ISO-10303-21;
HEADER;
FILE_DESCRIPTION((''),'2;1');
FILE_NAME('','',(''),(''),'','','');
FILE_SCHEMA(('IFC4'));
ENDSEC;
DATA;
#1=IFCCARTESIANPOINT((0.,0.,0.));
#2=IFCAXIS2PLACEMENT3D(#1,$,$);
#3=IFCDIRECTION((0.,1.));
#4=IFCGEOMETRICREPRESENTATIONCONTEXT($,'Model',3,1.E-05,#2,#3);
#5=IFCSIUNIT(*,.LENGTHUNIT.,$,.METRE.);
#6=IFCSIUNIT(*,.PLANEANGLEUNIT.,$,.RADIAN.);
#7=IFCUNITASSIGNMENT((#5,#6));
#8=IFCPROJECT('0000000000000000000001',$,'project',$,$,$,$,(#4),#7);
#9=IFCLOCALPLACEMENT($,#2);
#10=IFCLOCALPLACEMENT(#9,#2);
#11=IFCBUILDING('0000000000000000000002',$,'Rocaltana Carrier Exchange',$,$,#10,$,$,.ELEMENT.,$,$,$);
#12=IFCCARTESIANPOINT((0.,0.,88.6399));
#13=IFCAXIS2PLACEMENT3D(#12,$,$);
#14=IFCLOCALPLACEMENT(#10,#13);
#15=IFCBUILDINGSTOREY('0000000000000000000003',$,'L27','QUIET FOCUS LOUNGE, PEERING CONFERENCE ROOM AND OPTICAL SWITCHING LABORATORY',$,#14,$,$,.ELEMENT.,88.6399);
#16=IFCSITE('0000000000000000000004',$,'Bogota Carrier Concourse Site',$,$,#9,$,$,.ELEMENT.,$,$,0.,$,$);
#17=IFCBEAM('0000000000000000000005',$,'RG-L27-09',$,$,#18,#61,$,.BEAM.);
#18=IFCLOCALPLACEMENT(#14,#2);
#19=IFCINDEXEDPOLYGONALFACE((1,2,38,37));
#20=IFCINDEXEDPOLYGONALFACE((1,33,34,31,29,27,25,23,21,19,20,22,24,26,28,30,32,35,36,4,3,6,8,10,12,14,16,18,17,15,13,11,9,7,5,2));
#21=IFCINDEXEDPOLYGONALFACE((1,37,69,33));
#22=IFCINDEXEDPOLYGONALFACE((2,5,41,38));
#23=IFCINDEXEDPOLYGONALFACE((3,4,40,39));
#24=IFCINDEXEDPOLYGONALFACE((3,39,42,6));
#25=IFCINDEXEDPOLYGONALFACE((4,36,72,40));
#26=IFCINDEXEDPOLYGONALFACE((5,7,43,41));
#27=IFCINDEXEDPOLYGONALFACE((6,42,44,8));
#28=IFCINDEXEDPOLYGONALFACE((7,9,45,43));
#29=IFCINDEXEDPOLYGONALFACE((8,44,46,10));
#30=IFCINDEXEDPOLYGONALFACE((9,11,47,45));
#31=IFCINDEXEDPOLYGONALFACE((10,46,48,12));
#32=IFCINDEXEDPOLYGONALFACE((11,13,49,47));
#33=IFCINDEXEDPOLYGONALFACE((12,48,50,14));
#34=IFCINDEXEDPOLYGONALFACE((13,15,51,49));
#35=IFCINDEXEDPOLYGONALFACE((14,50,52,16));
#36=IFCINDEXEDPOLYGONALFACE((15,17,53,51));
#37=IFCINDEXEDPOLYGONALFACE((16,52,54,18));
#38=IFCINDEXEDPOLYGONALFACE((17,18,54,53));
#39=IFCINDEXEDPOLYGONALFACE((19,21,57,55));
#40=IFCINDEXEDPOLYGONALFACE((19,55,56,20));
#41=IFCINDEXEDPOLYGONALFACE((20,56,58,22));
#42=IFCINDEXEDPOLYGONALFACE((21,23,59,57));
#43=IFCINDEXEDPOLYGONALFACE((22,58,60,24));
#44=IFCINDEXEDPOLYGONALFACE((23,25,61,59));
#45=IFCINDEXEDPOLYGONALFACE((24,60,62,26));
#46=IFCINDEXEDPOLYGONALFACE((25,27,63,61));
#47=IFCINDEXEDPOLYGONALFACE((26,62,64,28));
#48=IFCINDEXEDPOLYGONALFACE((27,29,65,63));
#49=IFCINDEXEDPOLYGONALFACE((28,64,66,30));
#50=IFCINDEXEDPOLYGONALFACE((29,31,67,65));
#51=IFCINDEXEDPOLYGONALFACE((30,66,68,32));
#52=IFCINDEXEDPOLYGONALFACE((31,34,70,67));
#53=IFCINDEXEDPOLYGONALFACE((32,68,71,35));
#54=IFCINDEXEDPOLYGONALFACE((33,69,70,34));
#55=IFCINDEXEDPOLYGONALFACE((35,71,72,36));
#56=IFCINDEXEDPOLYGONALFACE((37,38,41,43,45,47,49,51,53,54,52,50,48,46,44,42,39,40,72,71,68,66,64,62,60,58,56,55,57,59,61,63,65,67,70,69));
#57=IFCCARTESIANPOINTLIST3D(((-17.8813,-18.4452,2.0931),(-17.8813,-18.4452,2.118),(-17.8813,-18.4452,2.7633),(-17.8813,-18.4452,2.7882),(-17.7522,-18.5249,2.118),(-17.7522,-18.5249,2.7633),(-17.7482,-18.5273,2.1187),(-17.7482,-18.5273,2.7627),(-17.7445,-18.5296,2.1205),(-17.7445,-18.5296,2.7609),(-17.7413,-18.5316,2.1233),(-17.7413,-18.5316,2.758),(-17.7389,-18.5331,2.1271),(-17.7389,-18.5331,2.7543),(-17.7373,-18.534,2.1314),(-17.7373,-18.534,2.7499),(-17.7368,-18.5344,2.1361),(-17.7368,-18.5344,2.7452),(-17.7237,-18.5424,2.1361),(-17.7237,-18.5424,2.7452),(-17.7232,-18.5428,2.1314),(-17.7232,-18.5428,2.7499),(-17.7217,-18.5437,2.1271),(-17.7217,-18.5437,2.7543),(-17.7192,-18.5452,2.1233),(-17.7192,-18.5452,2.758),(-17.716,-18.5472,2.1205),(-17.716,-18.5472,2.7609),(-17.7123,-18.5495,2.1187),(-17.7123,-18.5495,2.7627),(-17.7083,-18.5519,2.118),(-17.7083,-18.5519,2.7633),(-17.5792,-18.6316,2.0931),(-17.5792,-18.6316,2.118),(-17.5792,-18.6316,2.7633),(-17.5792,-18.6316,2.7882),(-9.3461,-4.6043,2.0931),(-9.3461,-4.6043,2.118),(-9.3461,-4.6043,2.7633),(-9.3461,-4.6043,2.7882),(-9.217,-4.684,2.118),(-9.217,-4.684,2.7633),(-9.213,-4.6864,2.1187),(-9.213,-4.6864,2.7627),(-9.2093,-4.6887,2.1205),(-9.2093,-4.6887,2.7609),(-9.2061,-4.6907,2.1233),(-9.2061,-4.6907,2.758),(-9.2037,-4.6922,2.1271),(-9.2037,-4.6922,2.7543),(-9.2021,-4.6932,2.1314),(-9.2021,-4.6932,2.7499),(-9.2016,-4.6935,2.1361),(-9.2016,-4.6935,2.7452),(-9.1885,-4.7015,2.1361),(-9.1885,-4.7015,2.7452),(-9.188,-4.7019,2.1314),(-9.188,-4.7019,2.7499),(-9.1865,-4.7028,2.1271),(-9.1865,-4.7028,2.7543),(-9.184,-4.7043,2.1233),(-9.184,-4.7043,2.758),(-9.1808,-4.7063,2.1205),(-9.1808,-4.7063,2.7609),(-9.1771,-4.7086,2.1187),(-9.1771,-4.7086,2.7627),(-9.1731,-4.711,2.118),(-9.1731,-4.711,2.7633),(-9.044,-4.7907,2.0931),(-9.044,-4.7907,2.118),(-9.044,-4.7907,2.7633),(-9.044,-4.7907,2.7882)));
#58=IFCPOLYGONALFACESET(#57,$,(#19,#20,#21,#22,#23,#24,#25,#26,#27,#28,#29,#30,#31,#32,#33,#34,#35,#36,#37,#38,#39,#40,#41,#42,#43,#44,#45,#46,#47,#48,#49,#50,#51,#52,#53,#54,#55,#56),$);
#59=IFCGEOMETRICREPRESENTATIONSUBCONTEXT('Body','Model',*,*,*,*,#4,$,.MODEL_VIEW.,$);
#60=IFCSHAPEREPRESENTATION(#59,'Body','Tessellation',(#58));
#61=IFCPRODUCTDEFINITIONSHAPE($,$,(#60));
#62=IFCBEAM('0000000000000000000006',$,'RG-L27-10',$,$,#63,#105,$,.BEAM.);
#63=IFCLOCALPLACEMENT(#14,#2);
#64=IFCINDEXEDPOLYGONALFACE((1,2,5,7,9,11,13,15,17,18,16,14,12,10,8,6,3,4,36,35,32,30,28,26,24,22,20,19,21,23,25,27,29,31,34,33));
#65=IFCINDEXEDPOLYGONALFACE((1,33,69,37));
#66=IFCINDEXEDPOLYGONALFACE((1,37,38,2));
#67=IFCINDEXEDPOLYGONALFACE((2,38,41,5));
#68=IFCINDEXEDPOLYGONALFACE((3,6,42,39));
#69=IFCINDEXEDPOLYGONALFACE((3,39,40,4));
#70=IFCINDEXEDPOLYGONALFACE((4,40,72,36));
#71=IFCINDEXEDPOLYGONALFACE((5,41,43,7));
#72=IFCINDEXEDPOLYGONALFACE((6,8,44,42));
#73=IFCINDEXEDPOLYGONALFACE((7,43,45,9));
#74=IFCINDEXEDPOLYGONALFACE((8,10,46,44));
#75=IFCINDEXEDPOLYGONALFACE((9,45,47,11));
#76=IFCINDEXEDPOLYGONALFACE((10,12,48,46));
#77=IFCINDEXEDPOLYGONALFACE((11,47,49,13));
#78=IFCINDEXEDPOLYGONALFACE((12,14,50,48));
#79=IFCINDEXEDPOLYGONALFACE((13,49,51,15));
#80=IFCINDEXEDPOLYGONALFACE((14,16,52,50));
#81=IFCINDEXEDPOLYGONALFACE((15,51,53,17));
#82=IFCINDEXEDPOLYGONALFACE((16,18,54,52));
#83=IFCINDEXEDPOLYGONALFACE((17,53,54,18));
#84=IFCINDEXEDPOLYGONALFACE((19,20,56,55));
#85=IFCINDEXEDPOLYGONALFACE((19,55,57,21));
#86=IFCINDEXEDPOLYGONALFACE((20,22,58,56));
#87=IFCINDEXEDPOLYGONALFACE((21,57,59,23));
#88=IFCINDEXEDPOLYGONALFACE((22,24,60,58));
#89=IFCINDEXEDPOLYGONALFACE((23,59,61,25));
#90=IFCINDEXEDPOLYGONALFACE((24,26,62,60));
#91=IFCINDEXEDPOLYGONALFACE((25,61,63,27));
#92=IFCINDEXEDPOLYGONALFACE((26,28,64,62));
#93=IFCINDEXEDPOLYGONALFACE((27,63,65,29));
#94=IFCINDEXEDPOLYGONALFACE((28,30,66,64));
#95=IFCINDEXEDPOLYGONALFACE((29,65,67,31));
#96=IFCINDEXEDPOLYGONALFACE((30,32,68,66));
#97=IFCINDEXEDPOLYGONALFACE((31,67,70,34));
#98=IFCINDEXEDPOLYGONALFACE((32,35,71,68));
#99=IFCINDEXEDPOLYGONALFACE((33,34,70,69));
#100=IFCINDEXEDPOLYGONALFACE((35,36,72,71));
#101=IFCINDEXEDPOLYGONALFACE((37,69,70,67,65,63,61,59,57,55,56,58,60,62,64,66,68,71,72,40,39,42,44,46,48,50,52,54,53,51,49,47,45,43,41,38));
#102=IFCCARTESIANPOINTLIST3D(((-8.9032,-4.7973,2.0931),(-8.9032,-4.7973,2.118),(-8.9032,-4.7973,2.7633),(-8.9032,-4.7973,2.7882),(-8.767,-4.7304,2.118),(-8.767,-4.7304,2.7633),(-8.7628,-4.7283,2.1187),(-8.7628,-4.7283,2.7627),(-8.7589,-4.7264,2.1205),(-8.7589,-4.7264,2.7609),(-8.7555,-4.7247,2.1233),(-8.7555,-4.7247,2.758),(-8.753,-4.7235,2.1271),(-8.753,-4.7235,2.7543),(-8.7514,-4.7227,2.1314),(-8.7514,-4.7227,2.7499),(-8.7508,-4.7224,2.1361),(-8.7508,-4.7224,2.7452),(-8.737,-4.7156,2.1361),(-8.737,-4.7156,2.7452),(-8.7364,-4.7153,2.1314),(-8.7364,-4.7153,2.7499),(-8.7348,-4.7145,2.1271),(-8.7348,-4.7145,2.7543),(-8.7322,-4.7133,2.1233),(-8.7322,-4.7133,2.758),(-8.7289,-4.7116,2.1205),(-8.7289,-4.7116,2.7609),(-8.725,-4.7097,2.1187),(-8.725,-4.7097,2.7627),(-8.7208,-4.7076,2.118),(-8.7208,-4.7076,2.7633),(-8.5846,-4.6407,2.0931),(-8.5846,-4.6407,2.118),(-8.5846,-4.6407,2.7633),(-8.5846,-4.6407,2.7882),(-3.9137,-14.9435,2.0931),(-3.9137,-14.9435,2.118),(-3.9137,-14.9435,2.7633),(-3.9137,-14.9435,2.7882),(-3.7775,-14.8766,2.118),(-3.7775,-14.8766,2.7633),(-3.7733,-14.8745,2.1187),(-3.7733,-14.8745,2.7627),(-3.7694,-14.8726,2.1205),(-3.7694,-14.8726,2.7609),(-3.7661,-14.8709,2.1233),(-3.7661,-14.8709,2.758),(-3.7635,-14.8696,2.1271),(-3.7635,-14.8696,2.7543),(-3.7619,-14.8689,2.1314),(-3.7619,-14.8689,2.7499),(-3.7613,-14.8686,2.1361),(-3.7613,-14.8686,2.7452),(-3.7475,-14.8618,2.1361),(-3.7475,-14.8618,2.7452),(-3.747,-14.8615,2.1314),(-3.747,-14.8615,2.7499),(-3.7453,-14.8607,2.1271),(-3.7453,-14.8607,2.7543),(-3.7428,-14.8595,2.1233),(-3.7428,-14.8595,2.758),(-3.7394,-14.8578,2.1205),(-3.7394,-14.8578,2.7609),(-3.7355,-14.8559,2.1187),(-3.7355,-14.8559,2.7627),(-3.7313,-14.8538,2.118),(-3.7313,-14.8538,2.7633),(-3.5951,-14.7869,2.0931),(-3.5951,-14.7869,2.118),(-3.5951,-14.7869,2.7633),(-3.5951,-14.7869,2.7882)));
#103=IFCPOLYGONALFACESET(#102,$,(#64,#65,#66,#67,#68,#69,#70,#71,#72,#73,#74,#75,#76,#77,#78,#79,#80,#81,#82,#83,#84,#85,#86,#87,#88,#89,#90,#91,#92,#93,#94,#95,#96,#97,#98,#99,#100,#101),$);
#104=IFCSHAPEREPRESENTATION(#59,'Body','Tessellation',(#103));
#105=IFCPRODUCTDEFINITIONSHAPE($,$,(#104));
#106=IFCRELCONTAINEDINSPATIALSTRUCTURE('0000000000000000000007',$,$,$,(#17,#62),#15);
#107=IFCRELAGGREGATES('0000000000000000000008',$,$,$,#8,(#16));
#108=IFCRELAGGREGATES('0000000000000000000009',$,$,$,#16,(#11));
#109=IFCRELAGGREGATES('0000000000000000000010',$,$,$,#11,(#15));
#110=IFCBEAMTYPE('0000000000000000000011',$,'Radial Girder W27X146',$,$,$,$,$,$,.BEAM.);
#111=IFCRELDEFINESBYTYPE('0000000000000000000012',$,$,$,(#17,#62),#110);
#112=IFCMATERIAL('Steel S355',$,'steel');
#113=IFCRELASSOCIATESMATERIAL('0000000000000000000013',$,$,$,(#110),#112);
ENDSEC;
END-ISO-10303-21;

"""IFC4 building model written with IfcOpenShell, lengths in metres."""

from ifc_helpers import new_model, si_unit, direction, frame, origin, origin_2d, place, context, subcontext, project, spatial, i_section, extrude, material, material_profile, profile_set, type_object, element, save


model = new_model("IFC4")

# Units and contexts
model_context = context("Model", 3, precision=1e-05, world=origin(), true_north=direction((0.0, 1.0)))
body_context = subcontext(model_context, "Body", "Model", "MODEL_VIEW")
ifc_project = project(units=[si_unit("LENGTHUNIT", "METRE"), si_unit("PLANEANGLEUNIT", "RADIAN")], contexts=[model_context])

# Site, building, storey
site_placement = place(None, origin())
site = spatial("IfcSite", under=ifc_project, at=site_placement, Name="Bogota Carrier Concourse Site", CompositionType="ELEMENT", RefElevation=0.0)
building_placement = place(site_placement, origin())
building = spatial("IfcBuilding", under=site, at=building_placement, Name="Rocaltana Carrier Exchange", CompositionType="ELEMENT")
storey_placement = place(building_placement, frame((0.0, 0.0, 88.6399)))
storey = spatial("IfcBuildingStorey", under=building, at=storey_placement, Name="L27", Description="QUIET FOCUS LOUNGE, PEERING CONFERENCE ROOM AND OPTICAL SWITCHING LABORATORY", CompositionType="ELEMENT", Elevation=88.6399)

# Beams
ifc_material_1 = material(Name="Steel S355", Category="steel")
ifc_material_profile_1 = material_profile(ifc_material_1, i_section(OverallWidth=0.355, OverallDepth=0.6951, WebThickness=0.0154, FlangeThickness=0.0249, FilletRadius=0.0181, at=origin_2d()), Name="W27X146")
ifc_profile_set_1 = profile_set([ifc_material_profile_1], Name="Steel S355")
beam_type = type_object("IfcBeamType", Name="Radial Girder W27X146", PredefinedType="BEAM", material=ifc_profile_set_1)
beam_1_placement = place(storey_placement, frame((-9.1951, -4.6975, 2.4407), z_axis=(-0.524888, -0.851171, 0.0), x_axis=(0.851171, -0.524888, 0.0)))
element("IfcBeam", 1, at=beam_1_placement, inside=storey, type_object=beam_type, Name="RG-L27-09", PredefinedType="BEAM", context=body_context, shape_type="SweptSolid", body=[
    extrude(i_section(OverallWidth=0.355, OverallDepth=0.6951, WebThickness=0.0154, FlangeThickness=0.0249, FilletRadius=0.0181, at=origin_2d()), origin(), (0.0, 0.0, 1.0), 16.261),
])
beam_2_placement = place(storey_placement, frame((-8.7439, -4.719, 2.4407), z_axis=(0.441287, -0.897366, 0.0), x_axis=(0.897366, 0.441287, 0.0)))
element("IfcBeam", 2, at=beam_2_placement, inside=storey, type_object=beam_type, Name="RG-L27-10", PredefinedType="BEAM", context=body_context, shape_type="SweptSolid", body=[
    extrude(i_section(OverallWidth=0.355, OverallDepth=0.6951, WebThickness=0.0154, FlangeThickness=0.0249, FilletRadius=0.0181, at=origin_2d()), origin(), (0.0, 0.0, 1.0), 11.3066),
])

save(model, "model.ifc")
